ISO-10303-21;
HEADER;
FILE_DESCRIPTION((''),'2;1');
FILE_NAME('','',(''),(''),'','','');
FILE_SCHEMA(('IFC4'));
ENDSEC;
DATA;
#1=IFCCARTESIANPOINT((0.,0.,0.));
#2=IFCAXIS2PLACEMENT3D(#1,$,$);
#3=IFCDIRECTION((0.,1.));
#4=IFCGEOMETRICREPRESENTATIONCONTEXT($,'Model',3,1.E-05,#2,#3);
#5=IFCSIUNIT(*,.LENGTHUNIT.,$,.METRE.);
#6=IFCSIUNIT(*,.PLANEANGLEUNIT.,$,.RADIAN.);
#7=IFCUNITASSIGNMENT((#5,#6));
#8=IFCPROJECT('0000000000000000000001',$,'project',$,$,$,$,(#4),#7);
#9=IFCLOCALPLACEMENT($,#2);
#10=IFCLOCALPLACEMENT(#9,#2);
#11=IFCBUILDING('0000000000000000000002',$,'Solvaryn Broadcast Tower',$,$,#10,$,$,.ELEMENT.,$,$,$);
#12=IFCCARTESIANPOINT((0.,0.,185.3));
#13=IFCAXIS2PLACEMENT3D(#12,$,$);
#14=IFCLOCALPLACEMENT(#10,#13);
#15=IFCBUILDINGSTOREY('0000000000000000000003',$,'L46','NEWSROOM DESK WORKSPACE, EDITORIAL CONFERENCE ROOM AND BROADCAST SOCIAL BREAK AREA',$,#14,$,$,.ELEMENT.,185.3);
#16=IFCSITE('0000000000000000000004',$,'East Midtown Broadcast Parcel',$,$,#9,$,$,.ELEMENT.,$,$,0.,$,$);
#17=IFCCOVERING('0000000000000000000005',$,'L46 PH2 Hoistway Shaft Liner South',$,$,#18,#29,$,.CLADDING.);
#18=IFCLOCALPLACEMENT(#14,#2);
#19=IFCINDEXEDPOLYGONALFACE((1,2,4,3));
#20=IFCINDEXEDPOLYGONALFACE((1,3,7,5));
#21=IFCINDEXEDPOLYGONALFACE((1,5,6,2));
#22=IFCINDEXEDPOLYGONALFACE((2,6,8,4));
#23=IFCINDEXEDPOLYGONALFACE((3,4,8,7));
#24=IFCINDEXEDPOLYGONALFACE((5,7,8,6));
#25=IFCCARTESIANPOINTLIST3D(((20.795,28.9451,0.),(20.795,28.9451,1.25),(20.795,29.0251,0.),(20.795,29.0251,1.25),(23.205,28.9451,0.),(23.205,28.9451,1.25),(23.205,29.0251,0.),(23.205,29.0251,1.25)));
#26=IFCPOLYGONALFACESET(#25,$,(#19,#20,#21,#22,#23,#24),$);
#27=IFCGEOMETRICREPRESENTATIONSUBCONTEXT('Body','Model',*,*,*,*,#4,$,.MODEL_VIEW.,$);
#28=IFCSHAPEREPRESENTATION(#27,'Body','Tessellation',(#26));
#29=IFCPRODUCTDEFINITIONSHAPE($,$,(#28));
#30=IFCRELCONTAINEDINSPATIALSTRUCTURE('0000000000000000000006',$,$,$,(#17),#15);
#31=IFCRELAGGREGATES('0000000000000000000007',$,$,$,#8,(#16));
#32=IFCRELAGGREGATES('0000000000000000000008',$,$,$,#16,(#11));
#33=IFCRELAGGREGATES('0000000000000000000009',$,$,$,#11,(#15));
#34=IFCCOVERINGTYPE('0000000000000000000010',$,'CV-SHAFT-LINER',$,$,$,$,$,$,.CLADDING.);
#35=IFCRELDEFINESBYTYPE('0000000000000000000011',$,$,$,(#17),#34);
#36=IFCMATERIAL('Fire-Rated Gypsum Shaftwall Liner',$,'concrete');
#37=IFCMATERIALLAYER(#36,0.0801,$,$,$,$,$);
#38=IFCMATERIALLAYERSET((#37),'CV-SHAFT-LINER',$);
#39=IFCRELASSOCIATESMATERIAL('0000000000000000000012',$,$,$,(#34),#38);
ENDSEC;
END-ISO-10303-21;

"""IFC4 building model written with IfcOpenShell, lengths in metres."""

from ifc_helpers import new_model, si_unit, direction, frame, origin, origin_2d, place, context, subcontext, project, spatial, rectangle, extrude, material, layer, layer_set, type_object, element, save


model = new_model("IFC4")

# Units and contexts
model_context = context("Model", 3, precision=1e-05, world=origin(), true_north=direction((0.0, 1.0)))
body_context = subcontext(model_context, "Body", "Model", "MODEL_VIEW")
ifc_project = project(units=[si_unit("LENGTHUNIT", "METRE"), si_unit("PLANEANGLEUNIT", "RADIAN")], contexts=[model_context])

# Site, building, storey
site_placement = place(None, origin())
site = spatial("IfcSite", under=ifc_project, at=site_placement, Name="East Midtown Broadcast Parcel", CompositionType="ELEMENT", RefElevation=0.0)
building_placement = place(site_placement, origin())
building = spatial("IfcBuilding", under=site, at=building_placement, Name="Solvaryn Broadcast Tower", CompositionType="ELEMENT")
storey_placement = place(building_placement, frame((0.0, 0.0, 185.3)))
storey = spatial("IfcBuildingStorey", under=building, at=storey_placement, Name="L46", Description="NEWSROOM DESK WORKSPACE, EDITORIAL CONFERENCE ROOM AND BROADCAST SOCIAL BREAK AREA", CompositionType="ELEMENT", Elevation=185.3)

# Covering
ifc_material_1 = material(Name="Fire-Rated Gypsum Shaftwall Liner", Category="concrete")
ifc_layer_1 = layer(ifc_material_1, 0.0801)
ifc_layer_set_1 = layer_set([ifc_layer_1], Name="CV-SHAFT-LINER")
covering_type = type_object("IfcCoveringType", Name="CV-SHAFT-LINER", PredefinedType="CLADDING", material=ifc_layer_set_1)
covering_1_placement = place(storey_placement, frame((22.0, 28.9851, 0.0), z_axis=(0.0, 0.0, 1.0), x_axis=(1.0, 0.0, 0.0)))
element("IfcCovering", 1, at=covering_1_placement, inside=storey, type_object=covering_type, Name="L46 PH2 Hoistway Shaft Liner South", PredefinedType="CLADDING", context=body_context, shape_type="SweptSolid", body=[
    extrude(rectangle(XDim=2.4099, YDim=0.0801, at=origin_2d()), origin(), (0.0, 0.0, 1.0), 1.25),
])

save(model, "model.ifc")
